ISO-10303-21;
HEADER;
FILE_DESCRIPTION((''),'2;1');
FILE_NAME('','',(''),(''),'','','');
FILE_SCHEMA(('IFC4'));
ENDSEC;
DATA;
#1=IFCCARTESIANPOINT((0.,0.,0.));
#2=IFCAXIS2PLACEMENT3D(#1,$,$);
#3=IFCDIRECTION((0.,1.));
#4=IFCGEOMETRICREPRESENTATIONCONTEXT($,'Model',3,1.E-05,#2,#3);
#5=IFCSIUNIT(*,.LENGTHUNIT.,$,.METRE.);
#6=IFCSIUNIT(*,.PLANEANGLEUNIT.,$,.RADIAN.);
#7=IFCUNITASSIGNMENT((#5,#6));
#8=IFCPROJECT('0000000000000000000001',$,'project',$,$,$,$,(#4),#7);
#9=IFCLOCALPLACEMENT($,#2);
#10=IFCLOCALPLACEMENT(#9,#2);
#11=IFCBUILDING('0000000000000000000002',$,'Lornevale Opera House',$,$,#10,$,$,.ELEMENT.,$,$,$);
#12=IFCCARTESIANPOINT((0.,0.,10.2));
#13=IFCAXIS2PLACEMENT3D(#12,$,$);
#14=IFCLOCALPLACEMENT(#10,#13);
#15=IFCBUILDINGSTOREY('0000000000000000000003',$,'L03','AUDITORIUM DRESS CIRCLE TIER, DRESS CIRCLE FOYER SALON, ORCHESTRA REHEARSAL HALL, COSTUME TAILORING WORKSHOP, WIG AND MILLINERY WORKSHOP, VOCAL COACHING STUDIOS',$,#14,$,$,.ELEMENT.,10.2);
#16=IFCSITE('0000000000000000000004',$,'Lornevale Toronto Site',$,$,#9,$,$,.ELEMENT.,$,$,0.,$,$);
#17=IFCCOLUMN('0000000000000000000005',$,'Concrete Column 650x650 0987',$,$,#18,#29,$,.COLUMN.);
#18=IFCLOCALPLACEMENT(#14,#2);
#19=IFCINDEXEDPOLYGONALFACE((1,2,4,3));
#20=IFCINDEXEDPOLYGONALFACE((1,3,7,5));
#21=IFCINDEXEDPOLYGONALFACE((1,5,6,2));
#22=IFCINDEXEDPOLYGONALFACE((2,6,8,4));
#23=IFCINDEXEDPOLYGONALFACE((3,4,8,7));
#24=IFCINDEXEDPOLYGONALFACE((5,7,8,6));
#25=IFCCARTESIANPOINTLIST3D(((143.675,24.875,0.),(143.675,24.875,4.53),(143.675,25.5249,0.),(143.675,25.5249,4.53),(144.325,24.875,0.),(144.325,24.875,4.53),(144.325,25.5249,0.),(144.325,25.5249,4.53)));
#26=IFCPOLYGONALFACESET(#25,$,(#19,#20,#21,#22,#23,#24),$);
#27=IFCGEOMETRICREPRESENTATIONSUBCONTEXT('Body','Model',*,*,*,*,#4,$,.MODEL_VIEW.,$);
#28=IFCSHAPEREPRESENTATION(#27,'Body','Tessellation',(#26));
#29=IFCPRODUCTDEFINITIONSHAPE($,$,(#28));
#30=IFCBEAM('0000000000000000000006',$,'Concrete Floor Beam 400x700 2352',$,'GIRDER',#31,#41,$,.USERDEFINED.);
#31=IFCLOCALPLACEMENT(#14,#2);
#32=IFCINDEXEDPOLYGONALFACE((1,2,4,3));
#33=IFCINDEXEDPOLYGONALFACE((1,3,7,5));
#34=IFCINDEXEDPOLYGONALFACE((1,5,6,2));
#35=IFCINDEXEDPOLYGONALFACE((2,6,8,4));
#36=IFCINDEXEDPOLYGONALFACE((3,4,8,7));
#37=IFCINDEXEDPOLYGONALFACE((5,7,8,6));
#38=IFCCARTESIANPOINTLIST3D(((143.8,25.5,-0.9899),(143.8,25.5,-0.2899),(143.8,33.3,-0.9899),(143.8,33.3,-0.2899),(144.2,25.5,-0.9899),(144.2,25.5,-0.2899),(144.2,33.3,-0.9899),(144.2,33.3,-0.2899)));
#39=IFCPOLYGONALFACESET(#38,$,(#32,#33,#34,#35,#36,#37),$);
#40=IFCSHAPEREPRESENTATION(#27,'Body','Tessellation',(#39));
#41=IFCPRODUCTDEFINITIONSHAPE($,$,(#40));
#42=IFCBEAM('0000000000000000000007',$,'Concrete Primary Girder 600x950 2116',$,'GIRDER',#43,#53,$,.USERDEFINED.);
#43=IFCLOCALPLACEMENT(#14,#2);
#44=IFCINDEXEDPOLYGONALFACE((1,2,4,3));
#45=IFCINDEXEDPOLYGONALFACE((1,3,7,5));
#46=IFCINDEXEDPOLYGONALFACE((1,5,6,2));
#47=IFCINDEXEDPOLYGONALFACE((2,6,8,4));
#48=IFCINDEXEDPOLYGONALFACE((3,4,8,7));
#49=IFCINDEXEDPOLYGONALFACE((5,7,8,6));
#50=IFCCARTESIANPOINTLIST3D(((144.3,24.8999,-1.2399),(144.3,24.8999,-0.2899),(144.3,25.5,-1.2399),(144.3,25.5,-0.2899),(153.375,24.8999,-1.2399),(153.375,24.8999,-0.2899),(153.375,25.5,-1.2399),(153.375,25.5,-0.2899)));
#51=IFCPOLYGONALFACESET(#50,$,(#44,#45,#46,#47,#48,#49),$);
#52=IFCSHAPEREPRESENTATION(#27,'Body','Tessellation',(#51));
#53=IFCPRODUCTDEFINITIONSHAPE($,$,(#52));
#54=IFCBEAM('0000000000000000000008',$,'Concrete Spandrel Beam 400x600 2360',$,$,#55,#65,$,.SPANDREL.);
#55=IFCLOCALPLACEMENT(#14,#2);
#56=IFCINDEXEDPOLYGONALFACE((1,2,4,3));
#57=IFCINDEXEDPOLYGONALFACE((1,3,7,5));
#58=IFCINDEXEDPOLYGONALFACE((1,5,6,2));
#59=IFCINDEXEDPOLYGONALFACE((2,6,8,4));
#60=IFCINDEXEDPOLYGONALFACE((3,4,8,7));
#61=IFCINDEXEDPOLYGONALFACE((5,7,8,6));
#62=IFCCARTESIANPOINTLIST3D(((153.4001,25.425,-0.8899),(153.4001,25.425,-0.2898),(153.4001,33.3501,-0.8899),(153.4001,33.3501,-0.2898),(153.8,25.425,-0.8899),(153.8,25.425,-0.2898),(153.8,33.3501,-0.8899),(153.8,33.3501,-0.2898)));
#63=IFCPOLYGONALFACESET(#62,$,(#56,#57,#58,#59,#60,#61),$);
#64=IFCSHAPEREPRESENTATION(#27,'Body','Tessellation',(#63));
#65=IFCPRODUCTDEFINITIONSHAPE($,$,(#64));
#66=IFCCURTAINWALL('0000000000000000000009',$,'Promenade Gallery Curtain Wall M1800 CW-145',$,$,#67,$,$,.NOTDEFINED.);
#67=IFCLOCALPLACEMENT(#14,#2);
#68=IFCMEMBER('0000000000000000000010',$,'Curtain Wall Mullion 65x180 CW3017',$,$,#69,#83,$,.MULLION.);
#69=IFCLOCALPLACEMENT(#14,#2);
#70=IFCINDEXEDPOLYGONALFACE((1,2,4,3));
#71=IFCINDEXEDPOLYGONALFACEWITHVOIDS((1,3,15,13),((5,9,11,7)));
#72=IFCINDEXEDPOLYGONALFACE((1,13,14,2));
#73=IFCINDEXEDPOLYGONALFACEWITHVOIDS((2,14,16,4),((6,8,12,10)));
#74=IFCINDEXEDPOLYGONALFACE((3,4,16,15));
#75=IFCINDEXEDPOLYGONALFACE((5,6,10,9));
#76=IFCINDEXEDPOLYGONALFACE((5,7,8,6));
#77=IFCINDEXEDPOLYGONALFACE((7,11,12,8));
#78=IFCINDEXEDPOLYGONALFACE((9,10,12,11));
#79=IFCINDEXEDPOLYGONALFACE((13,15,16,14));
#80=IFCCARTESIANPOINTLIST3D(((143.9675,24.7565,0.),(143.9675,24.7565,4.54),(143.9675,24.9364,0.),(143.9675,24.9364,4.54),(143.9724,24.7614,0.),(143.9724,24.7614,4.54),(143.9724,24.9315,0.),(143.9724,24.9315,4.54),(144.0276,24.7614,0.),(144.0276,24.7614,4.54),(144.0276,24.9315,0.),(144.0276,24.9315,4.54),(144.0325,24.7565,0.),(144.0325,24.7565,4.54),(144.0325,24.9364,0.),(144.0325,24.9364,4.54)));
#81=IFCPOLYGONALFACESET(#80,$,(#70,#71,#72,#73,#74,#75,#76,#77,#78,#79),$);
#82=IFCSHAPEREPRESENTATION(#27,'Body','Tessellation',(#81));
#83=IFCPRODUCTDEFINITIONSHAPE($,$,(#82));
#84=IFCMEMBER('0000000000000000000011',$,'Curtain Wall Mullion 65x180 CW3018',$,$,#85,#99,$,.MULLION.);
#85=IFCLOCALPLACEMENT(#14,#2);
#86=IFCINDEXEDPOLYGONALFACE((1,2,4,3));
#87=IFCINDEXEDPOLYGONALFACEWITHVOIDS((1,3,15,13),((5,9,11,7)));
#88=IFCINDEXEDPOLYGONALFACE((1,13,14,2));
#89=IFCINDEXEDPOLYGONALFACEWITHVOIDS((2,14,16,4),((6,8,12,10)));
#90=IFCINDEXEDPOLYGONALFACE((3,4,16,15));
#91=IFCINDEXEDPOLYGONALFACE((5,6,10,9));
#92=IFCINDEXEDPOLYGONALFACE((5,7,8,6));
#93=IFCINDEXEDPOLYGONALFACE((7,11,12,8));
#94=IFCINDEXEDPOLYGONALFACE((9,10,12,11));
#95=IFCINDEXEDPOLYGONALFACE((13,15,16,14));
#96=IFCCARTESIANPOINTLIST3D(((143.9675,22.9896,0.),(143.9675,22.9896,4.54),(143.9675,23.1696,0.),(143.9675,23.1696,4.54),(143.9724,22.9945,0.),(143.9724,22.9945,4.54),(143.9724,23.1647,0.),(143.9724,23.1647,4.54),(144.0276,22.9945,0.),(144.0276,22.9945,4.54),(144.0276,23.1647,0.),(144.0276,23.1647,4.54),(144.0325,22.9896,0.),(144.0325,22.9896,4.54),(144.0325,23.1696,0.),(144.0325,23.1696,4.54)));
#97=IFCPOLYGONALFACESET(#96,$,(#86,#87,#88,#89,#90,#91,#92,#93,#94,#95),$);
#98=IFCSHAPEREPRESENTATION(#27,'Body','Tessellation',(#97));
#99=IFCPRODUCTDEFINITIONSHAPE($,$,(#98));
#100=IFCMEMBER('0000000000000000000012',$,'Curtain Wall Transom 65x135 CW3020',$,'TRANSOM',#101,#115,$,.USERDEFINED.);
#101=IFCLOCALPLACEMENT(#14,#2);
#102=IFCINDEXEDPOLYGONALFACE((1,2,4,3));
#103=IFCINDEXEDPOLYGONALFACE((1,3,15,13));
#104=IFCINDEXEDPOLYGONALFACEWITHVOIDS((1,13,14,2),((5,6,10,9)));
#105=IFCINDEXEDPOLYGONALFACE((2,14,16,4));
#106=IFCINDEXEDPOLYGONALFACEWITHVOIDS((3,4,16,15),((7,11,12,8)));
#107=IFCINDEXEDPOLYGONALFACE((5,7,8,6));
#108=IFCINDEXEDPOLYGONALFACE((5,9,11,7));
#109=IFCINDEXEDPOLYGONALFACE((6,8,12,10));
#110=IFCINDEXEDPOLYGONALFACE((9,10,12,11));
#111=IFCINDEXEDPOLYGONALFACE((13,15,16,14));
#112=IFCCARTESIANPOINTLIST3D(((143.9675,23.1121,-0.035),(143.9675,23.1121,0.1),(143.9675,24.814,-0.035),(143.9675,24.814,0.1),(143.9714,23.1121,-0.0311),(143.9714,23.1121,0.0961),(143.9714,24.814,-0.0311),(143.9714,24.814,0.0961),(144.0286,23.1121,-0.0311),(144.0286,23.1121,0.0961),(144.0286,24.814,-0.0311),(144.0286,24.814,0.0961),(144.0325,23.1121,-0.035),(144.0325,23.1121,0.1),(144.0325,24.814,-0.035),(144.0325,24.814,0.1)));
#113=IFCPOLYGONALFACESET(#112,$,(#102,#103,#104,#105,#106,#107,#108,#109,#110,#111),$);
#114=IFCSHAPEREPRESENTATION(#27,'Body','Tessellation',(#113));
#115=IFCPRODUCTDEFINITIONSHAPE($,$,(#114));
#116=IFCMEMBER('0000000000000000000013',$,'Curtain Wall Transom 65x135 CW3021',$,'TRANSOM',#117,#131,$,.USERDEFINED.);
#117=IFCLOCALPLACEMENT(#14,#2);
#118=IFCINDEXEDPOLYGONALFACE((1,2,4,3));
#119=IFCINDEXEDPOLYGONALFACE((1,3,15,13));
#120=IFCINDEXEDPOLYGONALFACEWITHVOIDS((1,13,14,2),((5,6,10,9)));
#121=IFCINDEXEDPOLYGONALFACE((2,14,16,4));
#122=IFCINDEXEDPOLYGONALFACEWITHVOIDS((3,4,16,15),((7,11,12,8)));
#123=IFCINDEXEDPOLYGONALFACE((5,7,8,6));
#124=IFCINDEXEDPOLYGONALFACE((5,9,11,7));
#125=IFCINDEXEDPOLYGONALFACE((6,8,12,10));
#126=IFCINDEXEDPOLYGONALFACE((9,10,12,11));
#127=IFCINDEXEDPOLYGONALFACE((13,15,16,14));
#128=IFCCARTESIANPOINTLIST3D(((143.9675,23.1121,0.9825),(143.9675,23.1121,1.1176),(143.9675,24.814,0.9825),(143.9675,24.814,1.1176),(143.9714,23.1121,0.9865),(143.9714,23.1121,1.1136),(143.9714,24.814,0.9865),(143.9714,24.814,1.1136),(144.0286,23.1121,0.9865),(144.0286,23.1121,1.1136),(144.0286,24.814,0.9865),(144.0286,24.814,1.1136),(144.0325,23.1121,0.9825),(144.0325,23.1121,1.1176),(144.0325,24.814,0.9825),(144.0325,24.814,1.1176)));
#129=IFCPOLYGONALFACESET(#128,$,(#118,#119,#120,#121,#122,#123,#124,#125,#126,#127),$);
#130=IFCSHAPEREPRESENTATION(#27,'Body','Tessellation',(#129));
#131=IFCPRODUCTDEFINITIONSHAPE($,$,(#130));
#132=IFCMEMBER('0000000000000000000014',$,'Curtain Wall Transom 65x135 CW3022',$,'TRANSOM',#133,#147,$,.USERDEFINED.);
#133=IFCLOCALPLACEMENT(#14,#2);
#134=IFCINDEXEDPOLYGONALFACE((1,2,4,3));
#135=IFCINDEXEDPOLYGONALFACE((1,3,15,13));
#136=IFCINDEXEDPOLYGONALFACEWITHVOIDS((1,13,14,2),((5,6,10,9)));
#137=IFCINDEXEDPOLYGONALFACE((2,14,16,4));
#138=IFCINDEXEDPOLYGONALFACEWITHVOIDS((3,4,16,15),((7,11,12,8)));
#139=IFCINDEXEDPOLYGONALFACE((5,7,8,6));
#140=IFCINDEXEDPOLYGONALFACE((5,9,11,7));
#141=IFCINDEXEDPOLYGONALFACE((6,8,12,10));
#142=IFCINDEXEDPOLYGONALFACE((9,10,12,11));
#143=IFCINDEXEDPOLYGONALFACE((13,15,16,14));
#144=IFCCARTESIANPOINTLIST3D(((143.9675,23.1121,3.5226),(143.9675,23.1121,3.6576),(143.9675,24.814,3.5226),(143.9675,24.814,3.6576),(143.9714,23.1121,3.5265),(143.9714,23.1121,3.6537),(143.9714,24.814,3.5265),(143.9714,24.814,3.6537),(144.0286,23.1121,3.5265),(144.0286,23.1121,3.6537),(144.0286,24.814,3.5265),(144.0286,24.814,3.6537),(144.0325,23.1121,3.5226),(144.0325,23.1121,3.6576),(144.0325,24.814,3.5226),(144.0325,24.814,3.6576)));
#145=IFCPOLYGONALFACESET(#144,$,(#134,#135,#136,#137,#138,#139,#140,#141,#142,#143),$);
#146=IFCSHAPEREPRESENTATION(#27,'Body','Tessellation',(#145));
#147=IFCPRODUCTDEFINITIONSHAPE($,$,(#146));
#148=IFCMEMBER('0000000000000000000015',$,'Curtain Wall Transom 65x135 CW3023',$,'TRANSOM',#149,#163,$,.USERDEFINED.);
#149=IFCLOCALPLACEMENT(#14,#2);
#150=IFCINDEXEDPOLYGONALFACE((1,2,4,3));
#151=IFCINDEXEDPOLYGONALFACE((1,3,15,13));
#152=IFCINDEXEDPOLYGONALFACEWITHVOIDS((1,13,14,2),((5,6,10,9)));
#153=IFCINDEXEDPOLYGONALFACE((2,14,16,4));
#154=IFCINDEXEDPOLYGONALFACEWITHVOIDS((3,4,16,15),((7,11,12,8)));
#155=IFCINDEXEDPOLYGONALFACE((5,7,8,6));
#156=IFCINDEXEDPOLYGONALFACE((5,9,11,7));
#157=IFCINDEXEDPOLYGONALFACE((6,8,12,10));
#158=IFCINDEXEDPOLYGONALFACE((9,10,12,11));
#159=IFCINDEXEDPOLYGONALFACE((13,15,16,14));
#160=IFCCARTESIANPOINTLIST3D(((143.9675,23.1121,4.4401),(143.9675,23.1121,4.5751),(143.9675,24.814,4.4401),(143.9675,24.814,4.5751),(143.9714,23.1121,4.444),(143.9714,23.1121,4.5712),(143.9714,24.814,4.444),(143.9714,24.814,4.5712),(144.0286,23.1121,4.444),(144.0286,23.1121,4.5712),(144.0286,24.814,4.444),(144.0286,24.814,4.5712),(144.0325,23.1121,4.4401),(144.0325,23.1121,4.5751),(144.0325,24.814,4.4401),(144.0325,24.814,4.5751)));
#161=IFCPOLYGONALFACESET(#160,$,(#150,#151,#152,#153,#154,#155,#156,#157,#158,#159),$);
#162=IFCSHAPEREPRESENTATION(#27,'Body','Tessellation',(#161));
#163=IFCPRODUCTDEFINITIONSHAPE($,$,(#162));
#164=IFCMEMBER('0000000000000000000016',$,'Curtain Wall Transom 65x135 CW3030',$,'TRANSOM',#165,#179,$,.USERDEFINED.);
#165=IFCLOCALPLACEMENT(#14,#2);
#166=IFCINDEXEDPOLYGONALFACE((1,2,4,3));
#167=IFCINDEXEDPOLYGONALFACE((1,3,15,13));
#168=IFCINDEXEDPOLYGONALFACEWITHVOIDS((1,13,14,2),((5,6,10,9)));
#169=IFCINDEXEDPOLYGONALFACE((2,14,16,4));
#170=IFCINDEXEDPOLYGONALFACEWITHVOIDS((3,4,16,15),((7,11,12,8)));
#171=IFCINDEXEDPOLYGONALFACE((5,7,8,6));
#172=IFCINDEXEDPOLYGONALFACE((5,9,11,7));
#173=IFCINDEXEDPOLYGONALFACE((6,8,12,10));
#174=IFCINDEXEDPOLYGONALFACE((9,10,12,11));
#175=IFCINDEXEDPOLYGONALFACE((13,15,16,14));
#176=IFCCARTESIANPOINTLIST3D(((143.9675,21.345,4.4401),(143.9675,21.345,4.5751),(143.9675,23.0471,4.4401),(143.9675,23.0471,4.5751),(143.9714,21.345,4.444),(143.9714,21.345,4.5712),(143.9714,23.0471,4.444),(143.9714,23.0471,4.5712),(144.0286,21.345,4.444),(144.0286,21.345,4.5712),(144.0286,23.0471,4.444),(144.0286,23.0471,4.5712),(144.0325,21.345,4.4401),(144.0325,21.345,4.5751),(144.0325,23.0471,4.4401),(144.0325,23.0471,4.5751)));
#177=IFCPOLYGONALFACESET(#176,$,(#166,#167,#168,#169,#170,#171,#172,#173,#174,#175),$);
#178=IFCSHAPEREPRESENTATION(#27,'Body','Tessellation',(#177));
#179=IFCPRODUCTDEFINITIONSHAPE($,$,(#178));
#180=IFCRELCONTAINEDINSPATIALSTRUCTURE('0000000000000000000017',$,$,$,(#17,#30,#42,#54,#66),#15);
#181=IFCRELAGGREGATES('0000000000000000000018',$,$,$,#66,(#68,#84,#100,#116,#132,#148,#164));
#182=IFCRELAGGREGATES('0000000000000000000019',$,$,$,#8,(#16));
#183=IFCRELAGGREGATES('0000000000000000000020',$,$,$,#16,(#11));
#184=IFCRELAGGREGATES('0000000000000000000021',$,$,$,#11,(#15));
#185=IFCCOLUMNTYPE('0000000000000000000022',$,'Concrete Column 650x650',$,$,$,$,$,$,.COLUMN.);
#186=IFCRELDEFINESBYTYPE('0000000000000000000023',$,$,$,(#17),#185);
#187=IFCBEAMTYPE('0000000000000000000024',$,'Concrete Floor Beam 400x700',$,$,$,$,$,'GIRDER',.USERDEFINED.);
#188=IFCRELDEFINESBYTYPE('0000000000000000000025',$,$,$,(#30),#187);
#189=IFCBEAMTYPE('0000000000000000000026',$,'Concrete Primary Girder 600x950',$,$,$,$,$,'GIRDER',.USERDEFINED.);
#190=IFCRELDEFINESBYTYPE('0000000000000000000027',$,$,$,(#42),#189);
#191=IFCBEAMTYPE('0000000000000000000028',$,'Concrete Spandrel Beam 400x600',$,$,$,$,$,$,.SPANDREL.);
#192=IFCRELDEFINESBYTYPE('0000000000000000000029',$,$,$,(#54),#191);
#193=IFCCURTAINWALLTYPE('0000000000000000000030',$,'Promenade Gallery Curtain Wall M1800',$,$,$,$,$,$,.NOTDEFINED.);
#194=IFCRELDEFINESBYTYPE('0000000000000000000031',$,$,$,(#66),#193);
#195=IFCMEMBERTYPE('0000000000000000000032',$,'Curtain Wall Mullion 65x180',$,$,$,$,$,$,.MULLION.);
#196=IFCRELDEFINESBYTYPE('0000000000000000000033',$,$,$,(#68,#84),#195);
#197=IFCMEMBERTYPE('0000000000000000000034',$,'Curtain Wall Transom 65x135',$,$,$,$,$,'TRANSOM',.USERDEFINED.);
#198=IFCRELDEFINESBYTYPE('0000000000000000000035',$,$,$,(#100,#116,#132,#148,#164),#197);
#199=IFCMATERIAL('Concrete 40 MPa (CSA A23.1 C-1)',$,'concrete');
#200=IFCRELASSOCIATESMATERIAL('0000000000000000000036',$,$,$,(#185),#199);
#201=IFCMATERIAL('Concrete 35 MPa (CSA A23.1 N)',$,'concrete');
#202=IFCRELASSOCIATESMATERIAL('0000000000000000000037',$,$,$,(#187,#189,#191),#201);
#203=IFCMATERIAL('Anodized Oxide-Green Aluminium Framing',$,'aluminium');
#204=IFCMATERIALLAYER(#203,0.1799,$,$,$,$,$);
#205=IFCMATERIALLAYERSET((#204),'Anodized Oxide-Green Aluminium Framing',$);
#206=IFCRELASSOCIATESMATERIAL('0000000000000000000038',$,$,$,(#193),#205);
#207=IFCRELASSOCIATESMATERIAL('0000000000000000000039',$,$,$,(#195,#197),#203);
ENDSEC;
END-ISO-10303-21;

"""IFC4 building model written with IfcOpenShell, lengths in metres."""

from ifc_helpers import new_model, si_unit, direction, frame, origin, origin_2d, place, context, subcontext, project, spatial, rectangle, hollow_rectangle, extrude, material, layer, layer_set, material_profile, profile_set, type_object, element, aggregate, save


model = new_model("IFC4")

# Units and contexts
model_context = context("Model", 3, precision=1e-05, world=origin(), true_north=direction((0.0, 1.0)))
body_context = subcontext(model_context, "Body", "Model", "MODEL_VIEW")
ifc_project = project(units=[si_unit("LENGTHUNIT", "METRE"), si_unit("PLANEANGLEUNIT", "RADIAN")], contexts=[model_context])

# Site, building, storey
site_placement = place(None, origin())
site = spatial("IfcSite", under=ifc_project, at=site_placement, Name="Lornevale Toronto Site", CompositionType="ELEMENT", RefElevation=0.0)
building_placement = place(site_placement, origin())
building = spatial("IfcBuilding", under=site, at=building_placement, Name="Lornevale Opera House", CompositionType="ELEMENT")
storey_placement = place(building_placement, frame((0.0, 0.0, 10.2)))
storey = spatial("IfcBuildingStorey", under=building, at=storey_placement, Name="L03", Description="AUDITORIUM DRESS CIRCLE TIER, DRESS CIRCLE FOYER SALON, ORCHESTRA REHEARSAL HALL, COSTUME TAILORING WORKSHOP, WIG AND MILLINERY WORKSHOP, VOCAL COACHING STUDIOS", CompositionType="ELEMENT", Elevation=10.2)

# Column
ifc_material_1 = material(Name="Concrete 40 MPa (CSA A23.1 C-1)", Category="concrete")
ifc_material_profile_1 = material_profile(ifc_material_1, rectangle(XDim=0.6499, YDim=0.6499, at=origin_2d()), Name="RC650x650")
ifc_profile_set_1 = profile_set([ifc_material_profile_1], Name="Concrete 40 MPa (CSA A23.1 C-1)")
column_type = type_object("IfcColumnType", Name="Concrete Column 650x650", PredefinedType="COLUMN", material=ifc_profile_set_1)
column_placement = place(storey_placement, frame((144.0, 25.2, 0.0), z_axis=(0.0, 0.0, 1.0), x_axis=(1.0, 0.0, 0.0)))
element("IfcColumn", 1, at=column_placement, inside=storey, type_object=column_type, Name="Concrete Column 650x650 0987", PredefinedType="COLUMN", context=body_context, shape_type="SweptSolid", body=[
    extrude(rectangle(XDim=0.6499, YDim=0.6499, at=origin_2d()), origin(), (0.0, 0.0, 1.0), 4.53),
])

# Beams
ifc_material_2 = material(Name="Concrete 35 MPa (CSA A23.1 N)", Category="concrete")
ifc_material_profile_2 = material_profile(ifc_material_2, rectangle(XDim=0.3999, YDim=0.7, at=origin_2d()), Name="RC400x700")
ifc_profile_set_2 = profile_set([ifc_material_profile_2], Name="Concrete 35 MPa (CSA A23.1 N)")
beam_type_1 = type_object("IfcBeamType", Name="Concrete Floor Beam 400x700", ElementType="GIRDER", PredefinedType="USERDEFINED", material=ifc_profile_set_2)
beam_1_placement = place(storey_placement, frame((144.0, 25.5, -0.6399), z_axis=(0.0, 1.0, 0.0), x_axis=(-1.0, 0.0, 0.0)))
element("IfcBeam", 2, at=beam_1_placement, inside=storey, type_object=beam_type_1, Name="Concrete Floor Beam 400x700 2352", ObjectType="GIRDER", PredefinedType="USERDEFINED", context=body_context, shape_type="SweptSolid", body=[
    extrude(rectangle(XDim=0.3999, YDim=0.7, at=origin_2d()), origin(), (0.0, 0.0, 1.0), 7.8),
])
ifc_material_profile_3 = material_profile(ifc_material_2, rectangle(XDim=0.6001, YDim=0.95, at=origin_2d()), Name="RC600x950")
ifc_profile_set_3 = profile_set([ifc_material_profile_3], Name="Concrete 35 MPa (CSA A23.1 N)")
beam_type_2 = type_object("IfcBeamType", Name="Concrete Primary Girder 600x950", ElementType="GIRDER", PredefinedType="USERDEFINED", material=ifc_profile_set_3)
beam_2_placement = place(storey_placement, frame((144.3, 25.2, -0.7649), z_axis=(1.0, 0.0, 0.0), x_axis=(0.0, 1.0, 0.0)))
element("IfcBeam", 3, at=beam_2_placement, inside=storey, type_object=beam_type_2, Name="Concrete Primary Girder 600x950 2116", ObjectType="GIRDER", PredefinedType="USERDEFINED", context=body_context, shape_type="SweptSolid", body=[
    extrude(rectangle(XDim=0.6001, YDim=0.95, at=origin_2d()), origin(), (0.0, 0.0, 1.0), 9.075),
])
ifc_material_profile_4 = material_profile(ifc_material_2, rectangle(XDim=0.3999, YDim=0.6001, at=origin_2d()), Name="RC400x600")
ifc_profile_set_4 = profile_set([ifc_material_profile_4], Name="Concrete 35 MPa (CSA A23.1 N)")
beam_type_3 = type_object("IfcBeamType", Name="Concrete Spandrel Beam 400x600", PredefinedType="SPANDREL", material=ifc_profile_set_4)
beam_3_placement = place(storey_placement, frame((153.6001, 25.425, -0.5898), z_axis=(0.0, 1.0, 0.0), x_axis=(-1.0, 0.0, 0.0)))
element("IfcBeam", 4, at=beam_3_placement, inside=storey, type_object=beam_type_3, Name="Concrete Spandrel Beam 400x600 2360", PredefinedType="SPANDREL", context=body_context, shape_type="SweptSolid", body=[
    extrude(rectangle(XDim=0.3999, YDim=0.6001, at=origin_2d()), origin(), (0.0, 0.0, 1.0), 7.925),
])

# Curtain wall, members
ifc_material_3 = material(Name="Anodized Oxide-Green Aluminium Framing", Category="aluminium")
ifc_layer_1 = layer(ifc_material_3, 0.1799)
ifc_layer_set_1 = layer_set([ifc_layer_1], Name="Anodized Oxide-Green Aluminium Framing")
curtain_wall_type = type_object("IfcCurtainWallType", Name="Promenade Gallery Curtain Wall M1800", PredefinedType="NOTDEFINED", material=ifc_layer_set_1)
curtain_wall_placement = place(storey_placement, origin())
curtain_wall = element("IfcCurtainWall", 5, at=curtain_wall_placement, inside=storey, type_object=curtain_wall_type, Name="Promenade Gallery Curtain Wall M1800 CW-145", PredefinedType="NOTDEFINED")
ifc_material_profile_5 = material_profile(ifc_material_3, hollow_rectangle(XDim=0.0649, YDim=0.1799, WallThickness=0.0049, at=origin_2d()), Name="ALU65x180x5")
ifc_profile_set_5 = profile_set([ifc_material_profile_5], Name="Anodized Oxide-Green Aluminium Framing")
member_type_1 = type_object("IfcMemberType", Name="Curtain Wall Mullion 65x180", PredefinedType="MULLION", material=ifc_profile_set_5)
member_1_placement = place(storey_placement, frame((144.0, 24.8464, 0.0), z_axis=(0.0, 0.0, 1.0), x_axis=(1.0, 0.0, 0.0)))
member_1 = element("IfcMember", 6, at=member_1_placement, type_object=member_type_1, Name="Curtain Wall Mullion 65x180 CW3017", PredefinedType="MULLION", context=body_context, shape_type="SweptSolid", body=[
    extrude(hollow_rectangle(XDim=0.0649, YDim=0.1799, WallThickness=0.0049, at=origin_2d()), origin(), (0.0, 0.0, 1.0), 4.54),
])
member_2_placement = place(storey_placement, frame((144.0, 23.0796, 0.0), z_axis=(0.0, 0.0, 1.0), x_axis=(1.0, 0.0, 0.0)))
member_2 = element("IfcMember", 7, at=member_2_placement, type_object=member_type_1, Name="Curtain Wall Mullion 65x180 CW3018", PredefinedType="MULLION", context=body_context, shape_type="SweptSolid", body=[
    extrude(hollow_rectangle(XDim=0.0649, YDim=0.1799, WallThickness=0.0049, at=origin_2d()), origin(), (0.0, 0.0, 1.0), 4.54),
])
ifc_material_profile_6 = material_profile(ifc_material_3, hollow_rectangle(XDim=0.0649, YDim=0.135, WallThickness=0.0039, at=origin_2d()), Name="ALU65x135x4")
ifc_profile_set_6 = profile_set([ifc_material_profile_6], Name="Anodized Oxide-Green Aluminium Framing")
member_type_2 = type_object("IfcMemberType", Name="Curtain Wall Transom 65x135", ElementType="TRANSOM", PredefinedType="USERDEFINED", material=ifc_profile_set_6)
member_3_placement = place(storey_placement, frame((144.0, 24.814, 0.0325), z_axis=(0.0, -1.0, 0.0), x_axis=(1.0, 0.0, 0.0)))
member_3 = element("IfcMember", 8, at=member_3_placement, type_object=member_type_2, Name="Curtain Wall Transom 65x135 CW3020", ObjectType="TRANSOM", PredefinedType="USERDEFINED", context=body_context, shape_type="SweptSolid", body=[
    extrude(hollow_rectangle(XDim=0.0649, YDim=0.135, WallThickness=0.0039, at=origin_2d()), origin(), (0.0, 0.0, 1.0), 1.7019),
])
member_4_placement = place(storey_placement, frame((144.0, 24.814, 1.05), z_axis=(0.0, -1.0, 0.0), x_axis=(1.0, 0.0, 0.0)))
member_4 = element("IfcMember", 9, at=member_4_placement, type_object=member_type_2, Name="Curtain Wall Transom 65x135 CW3021", ObjectType="TRANSOM", PredefinedType="USERDEFINED", context=body_context, shape_type="SweptSolid", body=[
    extrude(hollow_rectangle(XDim=0.0649, YDim=0.135, WallThickness=0.0039, at=origin_2d()), origin(), (0.0, 0.0, 1.0), 1.7019),
])
member_5_placement = place(storey_placement, frame((144.0, 24.814, 3.5901), z_axis=(0.0, -1.0, 0.0), x_axis=(1.0, 0.0, 0.0)))
member_5 = element("IfcMember", 10, at=member_5_placement, type_object=member_type_2, Name="Curtain Wall Transom 65x135 CW3022", ObjectType="TRANSOM", PredefinedType="USERDEFINED", context=body_context, shape_type="SweptSolid", body=[
    extrude(hollow_rectangle(XDim=0.0649, YDim=0.135, WallThickness=0.0039, at=origin_2d()), origin(), (0.0, 0.0, 1.0), 1.7019),
])
member_6_placement = place(storey_placement, frame((144.0, 24.814, 4.5076), z_axis=(0.0, -1.0, 0.0), x_axis=(1.0, 0.0, 0.0)))
member_6 = element("IfcMember", 11, at=member_6_placement, type_object=member_type_2, Name="Curtain Wall Transom 65x135 CW3023", ObjectType="TRANSOM", PredefinedType="USERDEFINED", context=body_context, shape_type="SweptSolid", body=[
    extrude(hollow_rectangle(XDim=0.0649, YDim=0.135, WallThickness=0.0039, at=origin_2d()), origin(), (0.0, 0.0, 1.0), 1.7019),
])
member_7_placement = place(storey_placement, frame((144.0, 23.0471, 4.5076), z_axis=(0.0, -1.0, 0.0), x_axis=(1.0, 0.0, 0.0)))
member_7 = element("IfcMember", 12, at=member_7_placement, type_object=member_type_2, Name="Curtain Wall Transom 65x135 CW3030", ObjectType="TRANSOM", PredefinedType="USERDEFINED", context=body_context, shape_type="SweptSolid", body=[
    extrude(hollow_rectangle(XDim=0.0649, YDim=0.135, WallThickness=0.0039, at=origin_2d()), origin(), (0.0, 0.0, 1.0), 1.7021),
])

aggregate(curtain_wall, [member_1, member_2, member_3, member_4, member_5, member_6, member_7])

save(model, "model.ifc")
